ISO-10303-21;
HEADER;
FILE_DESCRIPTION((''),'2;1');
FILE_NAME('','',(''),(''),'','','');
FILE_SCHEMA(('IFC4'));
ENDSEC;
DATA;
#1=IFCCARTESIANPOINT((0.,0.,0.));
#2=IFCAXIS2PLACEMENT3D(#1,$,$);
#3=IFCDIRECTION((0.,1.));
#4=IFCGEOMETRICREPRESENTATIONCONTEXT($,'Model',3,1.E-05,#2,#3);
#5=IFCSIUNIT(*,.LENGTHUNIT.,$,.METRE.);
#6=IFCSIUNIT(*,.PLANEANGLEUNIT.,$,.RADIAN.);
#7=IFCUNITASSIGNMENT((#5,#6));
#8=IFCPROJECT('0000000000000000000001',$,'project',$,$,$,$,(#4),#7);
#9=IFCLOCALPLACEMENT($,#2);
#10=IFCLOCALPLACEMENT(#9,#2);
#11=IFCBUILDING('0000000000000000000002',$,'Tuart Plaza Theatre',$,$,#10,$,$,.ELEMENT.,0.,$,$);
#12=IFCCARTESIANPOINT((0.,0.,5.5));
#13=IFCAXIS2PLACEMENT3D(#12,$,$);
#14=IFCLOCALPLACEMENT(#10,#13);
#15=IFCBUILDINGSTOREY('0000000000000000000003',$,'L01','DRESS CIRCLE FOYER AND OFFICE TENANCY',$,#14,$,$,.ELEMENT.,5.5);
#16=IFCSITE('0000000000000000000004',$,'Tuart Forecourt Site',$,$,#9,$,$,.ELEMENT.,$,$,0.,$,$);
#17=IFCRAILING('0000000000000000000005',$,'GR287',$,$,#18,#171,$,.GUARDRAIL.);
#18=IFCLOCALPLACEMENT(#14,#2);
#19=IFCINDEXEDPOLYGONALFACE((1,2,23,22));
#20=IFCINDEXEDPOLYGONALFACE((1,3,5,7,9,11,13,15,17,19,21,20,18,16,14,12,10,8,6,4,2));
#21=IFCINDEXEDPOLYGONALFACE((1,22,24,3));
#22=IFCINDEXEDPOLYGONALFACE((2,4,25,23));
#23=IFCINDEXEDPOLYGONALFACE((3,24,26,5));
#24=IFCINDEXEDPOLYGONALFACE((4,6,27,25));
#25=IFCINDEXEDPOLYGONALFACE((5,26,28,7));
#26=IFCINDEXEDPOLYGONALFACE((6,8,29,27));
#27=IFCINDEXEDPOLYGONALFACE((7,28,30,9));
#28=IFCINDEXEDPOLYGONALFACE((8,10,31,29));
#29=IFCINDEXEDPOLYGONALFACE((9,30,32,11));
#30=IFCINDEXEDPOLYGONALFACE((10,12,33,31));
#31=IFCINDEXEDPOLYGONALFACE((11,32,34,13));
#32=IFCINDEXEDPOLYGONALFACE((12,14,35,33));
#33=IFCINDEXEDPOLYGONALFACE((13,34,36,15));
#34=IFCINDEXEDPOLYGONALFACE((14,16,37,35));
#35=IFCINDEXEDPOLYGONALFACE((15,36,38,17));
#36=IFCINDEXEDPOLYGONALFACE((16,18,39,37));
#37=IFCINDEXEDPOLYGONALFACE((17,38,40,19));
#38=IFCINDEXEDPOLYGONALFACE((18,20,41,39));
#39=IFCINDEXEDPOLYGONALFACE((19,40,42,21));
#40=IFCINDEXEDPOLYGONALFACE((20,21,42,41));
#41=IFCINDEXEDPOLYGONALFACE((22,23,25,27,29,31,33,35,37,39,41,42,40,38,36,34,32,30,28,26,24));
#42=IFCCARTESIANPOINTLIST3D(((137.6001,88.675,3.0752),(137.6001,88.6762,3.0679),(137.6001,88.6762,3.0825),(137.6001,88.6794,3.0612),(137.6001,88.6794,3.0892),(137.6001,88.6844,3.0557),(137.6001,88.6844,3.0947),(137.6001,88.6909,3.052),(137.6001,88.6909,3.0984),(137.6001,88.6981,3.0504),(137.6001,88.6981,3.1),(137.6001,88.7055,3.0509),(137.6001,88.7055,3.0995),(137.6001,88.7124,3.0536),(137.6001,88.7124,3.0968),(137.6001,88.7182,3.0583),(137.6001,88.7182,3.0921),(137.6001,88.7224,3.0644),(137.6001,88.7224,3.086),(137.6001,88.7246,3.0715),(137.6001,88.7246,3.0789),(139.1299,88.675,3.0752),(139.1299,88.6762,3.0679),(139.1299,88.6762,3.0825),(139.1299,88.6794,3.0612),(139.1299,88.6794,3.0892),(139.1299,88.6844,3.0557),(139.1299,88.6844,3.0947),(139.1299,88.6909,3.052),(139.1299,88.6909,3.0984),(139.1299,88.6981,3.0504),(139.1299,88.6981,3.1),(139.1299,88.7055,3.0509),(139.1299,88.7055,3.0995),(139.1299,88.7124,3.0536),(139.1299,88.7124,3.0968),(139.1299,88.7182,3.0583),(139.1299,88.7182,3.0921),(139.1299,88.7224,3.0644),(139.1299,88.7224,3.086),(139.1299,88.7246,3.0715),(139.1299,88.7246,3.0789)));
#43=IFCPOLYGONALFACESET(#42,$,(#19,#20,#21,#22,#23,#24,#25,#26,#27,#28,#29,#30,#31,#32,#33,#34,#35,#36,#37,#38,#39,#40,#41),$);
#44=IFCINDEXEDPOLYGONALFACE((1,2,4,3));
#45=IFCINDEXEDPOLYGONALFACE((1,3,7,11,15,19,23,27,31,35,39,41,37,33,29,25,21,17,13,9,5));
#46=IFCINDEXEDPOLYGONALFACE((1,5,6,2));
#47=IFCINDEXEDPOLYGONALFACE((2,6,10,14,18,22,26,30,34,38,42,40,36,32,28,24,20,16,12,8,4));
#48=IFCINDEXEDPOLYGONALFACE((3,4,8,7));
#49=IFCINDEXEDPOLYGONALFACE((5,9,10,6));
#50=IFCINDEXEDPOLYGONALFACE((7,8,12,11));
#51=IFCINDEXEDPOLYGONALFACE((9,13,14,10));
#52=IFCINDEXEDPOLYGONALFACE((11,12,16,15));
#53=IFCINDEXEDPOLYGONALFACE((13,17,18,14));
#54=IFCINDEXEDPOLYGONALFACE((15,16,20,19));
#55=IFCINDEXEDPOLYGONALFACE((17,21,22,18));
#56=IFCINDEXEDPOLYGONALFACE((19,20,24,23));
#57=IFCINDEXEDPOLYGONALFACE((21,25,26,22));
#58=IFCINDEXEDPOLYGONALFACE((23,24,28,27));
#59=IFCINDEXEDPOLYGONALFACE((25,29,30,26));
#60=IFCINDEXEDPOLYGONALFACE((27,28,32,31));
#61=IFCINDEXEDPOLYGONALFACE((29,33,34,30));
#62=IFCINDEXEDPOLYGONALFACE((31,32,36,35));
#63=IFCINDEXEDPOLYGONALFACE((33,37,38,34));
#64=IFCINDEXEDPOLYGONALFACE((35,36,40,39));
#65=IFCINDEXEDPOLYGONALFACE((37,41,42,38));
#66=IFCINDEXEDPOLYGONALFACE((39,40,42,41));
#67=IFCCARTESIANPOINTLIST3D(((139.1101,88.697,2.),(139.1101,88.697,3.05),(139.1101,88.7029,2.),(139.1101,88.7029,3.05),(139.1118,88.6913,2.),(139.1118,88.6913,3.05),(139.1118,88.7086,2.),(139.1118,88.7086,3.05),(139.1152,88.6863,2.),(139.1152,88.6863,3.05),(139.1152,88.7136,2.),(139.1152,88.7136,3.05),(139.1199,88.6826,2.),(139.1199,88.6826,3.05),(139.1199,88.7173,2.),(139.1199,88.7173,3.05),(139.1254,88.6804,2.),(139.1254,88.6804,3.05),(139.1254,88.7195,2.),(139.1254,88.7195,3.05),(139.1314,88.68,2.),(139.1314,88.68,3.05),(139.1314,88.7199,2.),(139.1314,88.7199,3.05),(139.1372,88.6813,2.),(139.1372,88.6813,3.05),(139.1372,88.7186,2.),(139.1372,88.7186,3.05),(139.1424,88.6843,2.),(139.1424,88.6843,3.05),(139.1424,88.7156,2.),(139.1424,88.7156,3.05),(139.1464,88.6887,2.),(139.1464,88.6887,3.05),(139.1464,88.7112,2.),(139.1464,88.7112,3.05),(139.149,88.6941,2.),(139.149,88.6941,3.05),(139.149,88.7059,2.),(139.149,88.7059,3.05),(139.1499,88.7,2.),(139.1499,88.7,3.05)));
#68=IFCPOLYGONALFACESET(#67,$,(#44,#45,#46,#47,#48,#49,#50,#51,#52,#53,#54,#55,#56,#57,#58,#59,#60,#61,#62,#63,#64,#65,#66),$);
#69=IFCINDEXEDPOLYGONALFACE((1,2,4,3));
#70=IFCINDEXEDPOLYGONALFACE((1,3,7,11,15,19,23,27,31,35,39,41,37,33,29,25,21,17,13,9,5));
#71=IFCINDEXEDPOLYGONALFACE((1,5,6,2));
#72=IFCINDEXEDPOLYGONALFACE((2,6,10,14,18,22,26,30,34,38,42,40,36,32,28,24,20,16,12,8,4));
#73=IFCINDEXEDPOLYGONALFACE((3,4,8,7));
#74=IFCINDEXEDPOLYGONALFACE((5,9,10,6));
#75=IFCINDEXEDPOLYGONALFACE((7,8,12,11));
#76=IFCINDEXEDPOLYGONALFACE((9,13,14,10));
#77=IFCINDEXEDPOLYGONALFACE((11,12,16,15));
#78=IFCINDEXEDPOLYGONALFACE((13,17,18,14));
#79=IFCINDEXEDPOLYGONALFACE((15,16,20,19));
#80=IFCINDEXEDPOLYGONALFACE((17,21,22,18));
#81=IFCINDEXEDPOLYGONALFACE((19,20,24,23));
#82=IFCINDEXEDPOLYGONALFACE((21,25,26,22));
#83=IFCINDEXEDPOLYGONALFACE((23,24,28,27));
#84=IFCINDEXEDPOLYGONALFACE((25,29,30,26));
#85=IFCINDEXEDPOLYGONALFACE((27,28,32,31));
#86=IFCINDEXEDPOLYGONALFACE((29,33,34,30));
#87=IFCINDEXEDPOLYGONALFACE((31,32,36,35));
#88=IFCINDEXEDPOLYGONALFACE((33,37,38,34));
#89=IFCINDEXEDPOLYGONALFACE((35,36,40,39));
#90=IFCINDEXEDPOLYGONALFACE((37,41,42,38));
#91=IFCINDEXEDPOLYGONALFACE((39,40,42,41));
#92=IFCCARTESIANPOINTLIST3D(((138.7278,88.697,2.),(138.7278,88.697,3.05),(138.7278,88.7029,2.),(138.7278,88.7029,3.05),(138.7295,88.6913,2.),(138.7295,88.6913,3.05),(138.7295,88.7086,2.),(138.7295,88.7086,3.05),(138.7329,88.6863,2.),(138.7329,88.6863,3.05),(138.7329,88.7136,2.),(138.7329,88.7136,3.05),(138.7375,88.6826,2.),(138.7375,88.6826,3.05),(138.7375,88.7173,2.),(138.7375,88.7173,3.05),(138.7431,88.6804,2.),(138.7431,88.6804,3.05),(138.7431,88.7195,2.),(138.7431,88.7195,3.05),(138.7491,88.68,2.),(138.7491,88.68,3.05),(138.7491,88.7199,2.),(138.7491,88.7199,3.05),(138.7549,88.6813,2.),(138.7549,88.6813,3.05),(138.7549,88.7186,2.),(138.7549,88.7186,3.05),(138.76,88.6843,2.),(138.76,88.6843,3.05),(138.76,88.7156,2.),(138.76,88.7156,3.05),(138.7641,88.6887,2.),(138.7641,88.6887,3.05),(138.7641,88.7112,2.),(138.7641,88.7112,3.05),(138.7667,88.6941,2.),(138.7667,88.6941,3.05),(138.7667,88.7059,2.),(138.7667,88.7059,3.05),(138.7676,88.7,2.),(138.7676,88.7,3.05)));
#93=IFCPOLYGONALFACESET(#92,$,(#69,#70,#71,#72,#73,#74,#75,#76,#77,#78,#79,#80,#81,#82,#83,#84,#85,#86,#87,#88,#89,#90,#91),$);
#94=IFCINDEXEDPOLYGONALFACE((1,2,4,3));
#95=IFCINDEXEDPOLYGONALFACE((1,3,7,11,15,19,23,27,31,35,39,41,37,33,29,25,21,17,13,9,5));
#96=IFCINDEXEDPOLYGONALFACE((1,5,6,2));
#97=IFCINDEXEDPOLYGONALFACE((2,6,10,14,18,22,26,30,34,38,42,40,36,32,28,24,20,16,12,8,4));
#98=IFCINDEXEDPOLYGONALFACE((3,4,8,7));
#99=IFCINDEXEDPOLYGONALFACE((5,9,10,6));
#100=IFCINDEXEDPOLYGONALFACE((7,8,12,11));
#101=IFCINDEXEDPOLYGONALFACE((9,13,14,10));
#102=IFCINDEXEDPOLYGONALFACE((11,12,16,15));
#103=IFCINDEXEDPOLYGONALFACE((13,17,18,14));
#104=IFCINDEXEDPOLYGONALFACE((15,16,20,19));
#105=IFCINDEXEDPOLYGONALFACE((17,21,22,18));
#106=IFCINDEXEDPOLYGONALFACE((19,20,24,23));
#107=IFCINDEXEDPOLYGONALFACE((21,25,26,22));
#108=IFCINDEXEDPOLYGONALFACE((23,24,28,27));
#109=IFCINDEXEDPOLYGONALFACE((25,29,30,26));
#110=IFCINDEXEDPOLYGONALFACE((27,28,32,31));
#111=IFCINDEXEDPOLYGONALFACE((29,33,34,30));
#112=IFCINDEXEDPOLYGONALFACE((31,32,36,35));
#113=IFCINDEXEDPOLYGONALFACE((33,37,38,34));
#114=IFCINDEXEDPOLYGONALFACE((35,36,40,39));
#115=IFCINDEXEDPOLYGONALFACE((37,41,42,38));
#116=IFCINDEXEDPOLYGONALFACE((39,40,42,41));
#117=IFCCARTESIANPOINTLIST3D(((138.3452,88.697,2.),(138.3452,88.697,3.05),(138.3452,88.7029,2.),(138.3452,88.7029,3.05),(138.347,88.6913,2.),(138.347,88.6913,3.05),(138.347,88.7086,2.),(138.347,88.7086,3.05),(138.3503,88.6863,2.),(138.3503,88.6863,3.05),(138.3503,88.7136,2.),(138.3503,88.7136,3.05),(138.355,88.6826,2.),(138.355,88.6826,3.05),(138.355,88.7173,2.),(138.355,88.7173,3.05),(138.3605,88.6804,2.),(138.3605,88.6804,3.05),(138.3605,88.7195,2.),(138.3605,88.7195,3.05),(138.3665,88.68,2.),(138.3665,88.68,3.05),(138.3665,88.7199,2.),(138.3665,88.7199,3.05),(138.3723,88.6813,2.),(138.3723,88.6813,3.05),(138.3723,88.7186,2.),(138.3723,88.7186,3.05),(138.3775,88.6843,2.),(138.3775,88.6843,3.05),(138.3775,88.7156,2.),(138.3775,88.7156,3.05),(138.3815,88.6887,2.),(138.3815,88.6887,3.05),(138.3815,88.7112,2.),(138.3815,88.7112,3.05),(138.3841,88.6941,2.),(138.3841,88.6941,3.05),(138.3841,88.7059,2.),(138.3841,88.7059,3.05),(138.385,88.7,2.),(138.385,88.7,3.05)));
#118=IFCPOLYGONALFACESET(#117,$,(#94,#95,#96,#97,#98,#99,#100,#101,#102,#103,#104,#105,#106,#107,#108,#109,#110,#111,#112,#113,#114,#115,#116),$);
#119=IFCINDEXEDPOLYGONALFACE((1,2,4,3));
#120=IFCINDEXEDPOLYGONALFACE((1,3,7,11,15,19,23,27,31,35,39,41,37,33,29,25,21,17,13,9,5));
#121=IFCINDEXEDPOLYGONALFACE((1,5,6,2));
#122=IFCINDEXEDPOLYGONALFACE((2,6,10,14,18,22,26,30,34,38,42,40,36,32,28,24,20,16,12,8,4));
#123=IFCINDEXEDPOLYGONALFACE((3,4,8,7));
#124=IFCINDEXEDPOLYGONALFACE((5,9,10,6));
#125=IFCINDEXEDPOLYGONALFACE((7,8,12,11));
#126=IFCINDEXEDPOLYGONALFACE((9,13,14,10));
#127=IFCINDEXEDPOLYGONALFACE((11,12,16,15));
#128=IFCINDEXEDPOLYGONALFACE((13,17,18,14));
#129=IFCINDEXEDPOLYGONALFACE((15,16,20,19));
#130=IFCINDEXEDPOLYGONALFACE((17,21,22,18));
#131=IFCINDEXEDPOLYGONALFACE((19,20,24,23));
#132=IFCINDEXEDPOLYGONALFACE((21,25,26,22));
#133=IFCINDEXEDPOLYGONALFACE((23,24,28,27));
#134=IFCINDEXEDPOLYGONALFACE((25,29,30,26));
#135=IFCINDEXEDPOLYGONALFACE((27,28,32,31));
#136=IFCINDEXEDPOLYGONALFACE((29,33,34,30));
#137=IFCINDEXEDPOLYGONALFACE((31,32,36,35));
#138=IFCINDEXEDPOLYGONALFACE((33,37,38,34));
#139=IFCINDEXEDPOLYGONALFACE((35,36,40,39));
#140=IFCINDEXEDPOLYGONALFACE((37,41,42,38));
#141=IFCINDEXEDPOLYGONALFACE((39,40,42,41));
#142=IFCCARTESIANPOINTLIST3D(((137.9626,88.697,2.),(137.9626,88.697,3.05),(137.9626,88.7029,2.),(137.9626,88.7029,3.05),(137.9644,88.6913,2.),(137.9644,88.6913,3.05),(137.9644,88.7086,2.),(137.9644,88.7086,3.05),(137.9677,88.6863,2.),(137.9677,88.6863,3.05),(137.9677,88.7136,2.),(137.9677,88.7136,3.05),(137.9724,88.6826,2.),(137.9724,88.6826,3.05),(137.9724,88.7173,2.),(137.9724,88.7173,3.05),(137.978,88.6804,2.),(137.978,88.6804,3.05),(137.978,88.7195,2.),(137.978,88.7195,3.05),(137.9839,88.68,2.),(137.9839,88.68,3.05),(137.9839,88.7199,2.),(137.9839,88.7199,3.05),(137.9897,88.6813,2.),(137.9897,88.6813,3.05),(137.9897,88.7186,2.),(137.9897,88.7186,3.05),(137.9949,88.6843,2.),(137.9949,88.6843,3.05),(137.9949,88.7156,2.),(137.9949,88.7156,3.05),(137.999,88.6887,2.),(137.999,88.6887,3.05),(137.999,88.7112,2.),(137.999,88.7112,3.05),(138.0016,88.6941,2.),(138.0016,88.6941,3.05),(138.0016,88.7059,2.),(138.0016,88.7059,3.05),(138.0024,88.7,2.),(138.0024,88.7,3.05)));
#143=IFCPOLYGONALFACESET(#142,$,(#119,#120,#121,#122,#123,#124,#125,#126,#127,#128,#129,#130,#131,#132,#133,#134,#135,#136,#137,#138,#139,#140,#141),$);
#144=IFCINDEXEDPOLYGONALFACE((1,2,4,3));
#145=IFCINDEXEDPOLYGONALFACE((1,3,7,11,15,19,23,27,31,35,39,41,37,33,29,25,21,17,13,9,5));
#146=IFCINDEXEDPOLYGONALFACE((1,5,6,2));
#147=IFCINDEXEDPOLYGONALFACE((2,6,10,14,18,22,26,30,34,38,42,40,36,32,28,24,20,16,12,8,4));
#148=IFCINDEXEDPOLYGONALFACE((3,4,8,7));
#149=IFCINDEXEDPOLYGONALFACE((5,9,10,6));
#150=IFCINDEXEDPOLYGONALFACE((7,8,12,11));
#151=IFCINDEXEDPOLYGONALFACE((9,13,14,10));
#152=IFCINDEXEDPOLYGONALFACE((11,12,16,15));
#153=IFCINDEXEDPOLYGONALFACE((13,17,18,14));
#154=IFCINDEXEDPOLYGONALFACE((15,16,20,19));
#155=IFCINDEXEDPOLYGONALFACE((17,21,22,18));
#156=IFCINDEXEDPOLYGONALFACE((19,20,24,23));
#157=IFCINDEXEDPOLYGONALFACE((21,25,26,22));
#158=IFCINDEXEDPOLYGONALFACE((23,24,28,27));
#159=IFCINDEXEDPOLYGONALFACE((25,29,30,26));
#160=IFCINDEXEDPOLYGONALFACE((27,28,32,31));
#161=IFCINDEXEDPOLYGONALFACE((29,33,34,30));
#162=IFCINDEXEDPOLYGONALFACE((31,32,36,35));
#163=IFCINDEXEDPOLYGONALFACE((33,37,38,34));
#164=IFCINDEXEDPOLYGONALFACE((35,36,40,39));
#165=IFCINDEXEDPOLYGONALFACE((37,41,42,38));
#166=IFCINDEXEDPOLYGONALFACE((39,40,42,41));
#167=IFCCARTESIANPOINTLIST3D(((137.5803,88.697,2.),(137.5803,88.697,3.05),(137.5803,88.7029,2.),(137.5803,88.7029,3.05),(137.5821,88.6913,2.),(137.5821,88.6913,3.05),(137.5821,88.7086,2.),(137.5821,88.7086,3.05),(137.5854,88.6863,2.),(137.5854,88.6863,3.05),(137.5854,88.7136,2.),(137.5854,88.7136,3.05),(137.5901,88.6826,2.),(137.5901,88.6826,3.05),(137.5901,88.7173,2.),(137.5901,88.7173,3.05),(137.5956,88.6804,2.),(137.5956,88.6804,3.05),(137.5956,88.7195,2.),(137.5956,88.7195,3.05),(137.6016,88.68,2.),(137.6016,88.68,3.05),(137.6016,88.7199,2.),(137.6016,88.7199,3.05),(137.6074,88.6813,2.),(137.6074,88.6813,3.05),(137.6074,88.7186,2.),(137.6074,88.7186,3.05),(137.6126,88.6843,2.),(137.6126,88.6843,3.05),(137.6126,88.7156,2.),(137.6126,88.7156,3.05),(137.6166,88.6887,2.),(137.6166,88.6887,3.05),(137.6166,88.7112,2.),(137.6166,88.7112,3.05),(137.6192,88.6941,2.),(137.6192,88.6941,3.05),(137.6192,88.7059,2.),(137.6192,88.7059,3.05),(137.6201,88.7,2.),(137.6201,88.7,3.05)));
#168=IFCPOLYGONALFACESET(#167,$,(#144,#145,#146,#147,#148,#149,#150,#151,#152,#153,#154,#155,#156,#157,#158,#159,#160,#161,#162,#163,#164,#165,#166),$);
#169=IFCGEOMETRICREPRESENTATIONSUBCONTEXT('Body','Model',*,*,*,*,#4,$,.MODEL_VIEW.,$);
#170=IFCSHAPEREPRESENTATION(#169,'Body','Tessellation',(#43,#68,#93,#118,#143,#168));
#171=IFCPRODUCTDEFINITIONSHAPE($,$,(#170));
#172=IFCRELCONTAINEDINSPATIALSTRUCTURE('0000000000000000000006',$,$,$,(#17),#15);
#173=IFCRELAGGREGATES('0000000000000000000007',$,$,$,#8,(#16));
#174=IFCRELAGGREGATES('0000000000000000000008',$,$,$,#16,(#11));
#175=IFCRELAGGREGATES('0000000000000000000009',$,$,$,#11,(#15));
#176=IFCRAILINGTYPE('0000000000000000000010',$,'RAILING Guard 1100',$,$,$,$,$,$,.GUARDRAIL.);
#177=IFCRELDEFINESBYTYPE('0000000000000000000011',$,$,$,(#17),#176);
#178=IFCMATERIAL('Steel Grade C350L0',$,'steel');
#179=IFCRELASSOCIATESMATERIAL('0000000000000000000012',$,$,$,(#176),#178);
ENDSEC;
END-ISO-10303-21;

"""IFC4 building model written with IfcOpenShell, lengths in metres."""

from ifc_helpers import new_model, si_unit, direction, frame, origin, origin_2d, place, context, subcontext, project, spatial, circle, extrude, material, type_object, element, save


model = new_model("IFC4")

# Units and contexts
model_context = context("Model", 3, precision=1e-05, world=origin(), true_north=direction((0.0, 1.0)))
body_context = subcontext(model_context, "Body", "Model", "MODEL_VIEW")
ifc_project = project(units=[si_unit("LENGTHUNIT", "METRE"), si_unit("PLANEANGLEUNIT", "RADIAN")], contexts=[model_context])

# Site, building, storey
site_placement = place(None, origin())
site = spatial("IfcSite", under=ifc_project, at=site_placement, Name="Tuart Forecourt Site", CompositionType="ELEMENT", RefElevation=0.0)
building_placement = place(site_placement, origin())
building = spatial("IfcBuilding", under=site, at=building_placement, Name="Tuart Plaza Theatre", CompositionType="ELEMENT", ElevationOfRefHeight=0.0)
storey_placement = place(building_placement, frame((0.0, 0.0, 5.5)))
storey = spatial("IfcBuildingStorey", under=building, at=storey_placement, Name="L01", Description="DRESS CIRCLE FOYER AND OFFICE TENANCY", CompositionType="ELEMENT", Elevation=5.5)

# Railing
ifc_material_1 = material(Name="Steel Grade C350L0", Category="steel")
railing_type_1 = type_object("IfcRailingType", Name="RAILING Guard 1100", PredefinedType="GUARDRAIL", material=ifc_material_1)
railing_1_placement = place(storey_placement, frame((139.1299, 88.7, 2.0)))
element("IfcRailing", 1, at=railing_1_placement, inside=storey, type_object=railing_type_1, Name="GR287", PredefinedType="GUARDRAIL", context=body_context, shape_type="SweptSolid", body=[
    extrude(circle(Radius=0.0249, at=origin_2d()), frame((0.0, 0.0, 1.0752), z_axis=(-1.0, 0.0, 0.0), x_axis=(0.0, -1.0, 0.0)), (0.0, 0.0, 1.0), 1.5298),
    extrude(circle(Radius=0.02, at=origin_2d()), origin(), (0.0, 0.0, 1.0), 1.05),
    extrude(circle(Radius=0.02, at=origin_2d()), frame((-0.3823, 0.0, 0.0)), (0.0, 0.0, 1.0), 1.05),
    extrude(circle(Radius=0.02, at=origin_2d()), frame((-0.7649, 0.0, 0.0)), (0.0, 0.0, 1.0), 1.05),
    extrude(circle(Radius=0.02, at=origin_2d()), frame((-1.1475, 0.0, 0.0)), (0.0, 0.0, 1.0), 1.05),
    extrude(circle(Radius=0.02, at=origin_2d()), frame((-1.5298, 0.0, 0.0)), (0.0, 0.0, 1.0), 1.05),
])

save(model, "model.ifc")
